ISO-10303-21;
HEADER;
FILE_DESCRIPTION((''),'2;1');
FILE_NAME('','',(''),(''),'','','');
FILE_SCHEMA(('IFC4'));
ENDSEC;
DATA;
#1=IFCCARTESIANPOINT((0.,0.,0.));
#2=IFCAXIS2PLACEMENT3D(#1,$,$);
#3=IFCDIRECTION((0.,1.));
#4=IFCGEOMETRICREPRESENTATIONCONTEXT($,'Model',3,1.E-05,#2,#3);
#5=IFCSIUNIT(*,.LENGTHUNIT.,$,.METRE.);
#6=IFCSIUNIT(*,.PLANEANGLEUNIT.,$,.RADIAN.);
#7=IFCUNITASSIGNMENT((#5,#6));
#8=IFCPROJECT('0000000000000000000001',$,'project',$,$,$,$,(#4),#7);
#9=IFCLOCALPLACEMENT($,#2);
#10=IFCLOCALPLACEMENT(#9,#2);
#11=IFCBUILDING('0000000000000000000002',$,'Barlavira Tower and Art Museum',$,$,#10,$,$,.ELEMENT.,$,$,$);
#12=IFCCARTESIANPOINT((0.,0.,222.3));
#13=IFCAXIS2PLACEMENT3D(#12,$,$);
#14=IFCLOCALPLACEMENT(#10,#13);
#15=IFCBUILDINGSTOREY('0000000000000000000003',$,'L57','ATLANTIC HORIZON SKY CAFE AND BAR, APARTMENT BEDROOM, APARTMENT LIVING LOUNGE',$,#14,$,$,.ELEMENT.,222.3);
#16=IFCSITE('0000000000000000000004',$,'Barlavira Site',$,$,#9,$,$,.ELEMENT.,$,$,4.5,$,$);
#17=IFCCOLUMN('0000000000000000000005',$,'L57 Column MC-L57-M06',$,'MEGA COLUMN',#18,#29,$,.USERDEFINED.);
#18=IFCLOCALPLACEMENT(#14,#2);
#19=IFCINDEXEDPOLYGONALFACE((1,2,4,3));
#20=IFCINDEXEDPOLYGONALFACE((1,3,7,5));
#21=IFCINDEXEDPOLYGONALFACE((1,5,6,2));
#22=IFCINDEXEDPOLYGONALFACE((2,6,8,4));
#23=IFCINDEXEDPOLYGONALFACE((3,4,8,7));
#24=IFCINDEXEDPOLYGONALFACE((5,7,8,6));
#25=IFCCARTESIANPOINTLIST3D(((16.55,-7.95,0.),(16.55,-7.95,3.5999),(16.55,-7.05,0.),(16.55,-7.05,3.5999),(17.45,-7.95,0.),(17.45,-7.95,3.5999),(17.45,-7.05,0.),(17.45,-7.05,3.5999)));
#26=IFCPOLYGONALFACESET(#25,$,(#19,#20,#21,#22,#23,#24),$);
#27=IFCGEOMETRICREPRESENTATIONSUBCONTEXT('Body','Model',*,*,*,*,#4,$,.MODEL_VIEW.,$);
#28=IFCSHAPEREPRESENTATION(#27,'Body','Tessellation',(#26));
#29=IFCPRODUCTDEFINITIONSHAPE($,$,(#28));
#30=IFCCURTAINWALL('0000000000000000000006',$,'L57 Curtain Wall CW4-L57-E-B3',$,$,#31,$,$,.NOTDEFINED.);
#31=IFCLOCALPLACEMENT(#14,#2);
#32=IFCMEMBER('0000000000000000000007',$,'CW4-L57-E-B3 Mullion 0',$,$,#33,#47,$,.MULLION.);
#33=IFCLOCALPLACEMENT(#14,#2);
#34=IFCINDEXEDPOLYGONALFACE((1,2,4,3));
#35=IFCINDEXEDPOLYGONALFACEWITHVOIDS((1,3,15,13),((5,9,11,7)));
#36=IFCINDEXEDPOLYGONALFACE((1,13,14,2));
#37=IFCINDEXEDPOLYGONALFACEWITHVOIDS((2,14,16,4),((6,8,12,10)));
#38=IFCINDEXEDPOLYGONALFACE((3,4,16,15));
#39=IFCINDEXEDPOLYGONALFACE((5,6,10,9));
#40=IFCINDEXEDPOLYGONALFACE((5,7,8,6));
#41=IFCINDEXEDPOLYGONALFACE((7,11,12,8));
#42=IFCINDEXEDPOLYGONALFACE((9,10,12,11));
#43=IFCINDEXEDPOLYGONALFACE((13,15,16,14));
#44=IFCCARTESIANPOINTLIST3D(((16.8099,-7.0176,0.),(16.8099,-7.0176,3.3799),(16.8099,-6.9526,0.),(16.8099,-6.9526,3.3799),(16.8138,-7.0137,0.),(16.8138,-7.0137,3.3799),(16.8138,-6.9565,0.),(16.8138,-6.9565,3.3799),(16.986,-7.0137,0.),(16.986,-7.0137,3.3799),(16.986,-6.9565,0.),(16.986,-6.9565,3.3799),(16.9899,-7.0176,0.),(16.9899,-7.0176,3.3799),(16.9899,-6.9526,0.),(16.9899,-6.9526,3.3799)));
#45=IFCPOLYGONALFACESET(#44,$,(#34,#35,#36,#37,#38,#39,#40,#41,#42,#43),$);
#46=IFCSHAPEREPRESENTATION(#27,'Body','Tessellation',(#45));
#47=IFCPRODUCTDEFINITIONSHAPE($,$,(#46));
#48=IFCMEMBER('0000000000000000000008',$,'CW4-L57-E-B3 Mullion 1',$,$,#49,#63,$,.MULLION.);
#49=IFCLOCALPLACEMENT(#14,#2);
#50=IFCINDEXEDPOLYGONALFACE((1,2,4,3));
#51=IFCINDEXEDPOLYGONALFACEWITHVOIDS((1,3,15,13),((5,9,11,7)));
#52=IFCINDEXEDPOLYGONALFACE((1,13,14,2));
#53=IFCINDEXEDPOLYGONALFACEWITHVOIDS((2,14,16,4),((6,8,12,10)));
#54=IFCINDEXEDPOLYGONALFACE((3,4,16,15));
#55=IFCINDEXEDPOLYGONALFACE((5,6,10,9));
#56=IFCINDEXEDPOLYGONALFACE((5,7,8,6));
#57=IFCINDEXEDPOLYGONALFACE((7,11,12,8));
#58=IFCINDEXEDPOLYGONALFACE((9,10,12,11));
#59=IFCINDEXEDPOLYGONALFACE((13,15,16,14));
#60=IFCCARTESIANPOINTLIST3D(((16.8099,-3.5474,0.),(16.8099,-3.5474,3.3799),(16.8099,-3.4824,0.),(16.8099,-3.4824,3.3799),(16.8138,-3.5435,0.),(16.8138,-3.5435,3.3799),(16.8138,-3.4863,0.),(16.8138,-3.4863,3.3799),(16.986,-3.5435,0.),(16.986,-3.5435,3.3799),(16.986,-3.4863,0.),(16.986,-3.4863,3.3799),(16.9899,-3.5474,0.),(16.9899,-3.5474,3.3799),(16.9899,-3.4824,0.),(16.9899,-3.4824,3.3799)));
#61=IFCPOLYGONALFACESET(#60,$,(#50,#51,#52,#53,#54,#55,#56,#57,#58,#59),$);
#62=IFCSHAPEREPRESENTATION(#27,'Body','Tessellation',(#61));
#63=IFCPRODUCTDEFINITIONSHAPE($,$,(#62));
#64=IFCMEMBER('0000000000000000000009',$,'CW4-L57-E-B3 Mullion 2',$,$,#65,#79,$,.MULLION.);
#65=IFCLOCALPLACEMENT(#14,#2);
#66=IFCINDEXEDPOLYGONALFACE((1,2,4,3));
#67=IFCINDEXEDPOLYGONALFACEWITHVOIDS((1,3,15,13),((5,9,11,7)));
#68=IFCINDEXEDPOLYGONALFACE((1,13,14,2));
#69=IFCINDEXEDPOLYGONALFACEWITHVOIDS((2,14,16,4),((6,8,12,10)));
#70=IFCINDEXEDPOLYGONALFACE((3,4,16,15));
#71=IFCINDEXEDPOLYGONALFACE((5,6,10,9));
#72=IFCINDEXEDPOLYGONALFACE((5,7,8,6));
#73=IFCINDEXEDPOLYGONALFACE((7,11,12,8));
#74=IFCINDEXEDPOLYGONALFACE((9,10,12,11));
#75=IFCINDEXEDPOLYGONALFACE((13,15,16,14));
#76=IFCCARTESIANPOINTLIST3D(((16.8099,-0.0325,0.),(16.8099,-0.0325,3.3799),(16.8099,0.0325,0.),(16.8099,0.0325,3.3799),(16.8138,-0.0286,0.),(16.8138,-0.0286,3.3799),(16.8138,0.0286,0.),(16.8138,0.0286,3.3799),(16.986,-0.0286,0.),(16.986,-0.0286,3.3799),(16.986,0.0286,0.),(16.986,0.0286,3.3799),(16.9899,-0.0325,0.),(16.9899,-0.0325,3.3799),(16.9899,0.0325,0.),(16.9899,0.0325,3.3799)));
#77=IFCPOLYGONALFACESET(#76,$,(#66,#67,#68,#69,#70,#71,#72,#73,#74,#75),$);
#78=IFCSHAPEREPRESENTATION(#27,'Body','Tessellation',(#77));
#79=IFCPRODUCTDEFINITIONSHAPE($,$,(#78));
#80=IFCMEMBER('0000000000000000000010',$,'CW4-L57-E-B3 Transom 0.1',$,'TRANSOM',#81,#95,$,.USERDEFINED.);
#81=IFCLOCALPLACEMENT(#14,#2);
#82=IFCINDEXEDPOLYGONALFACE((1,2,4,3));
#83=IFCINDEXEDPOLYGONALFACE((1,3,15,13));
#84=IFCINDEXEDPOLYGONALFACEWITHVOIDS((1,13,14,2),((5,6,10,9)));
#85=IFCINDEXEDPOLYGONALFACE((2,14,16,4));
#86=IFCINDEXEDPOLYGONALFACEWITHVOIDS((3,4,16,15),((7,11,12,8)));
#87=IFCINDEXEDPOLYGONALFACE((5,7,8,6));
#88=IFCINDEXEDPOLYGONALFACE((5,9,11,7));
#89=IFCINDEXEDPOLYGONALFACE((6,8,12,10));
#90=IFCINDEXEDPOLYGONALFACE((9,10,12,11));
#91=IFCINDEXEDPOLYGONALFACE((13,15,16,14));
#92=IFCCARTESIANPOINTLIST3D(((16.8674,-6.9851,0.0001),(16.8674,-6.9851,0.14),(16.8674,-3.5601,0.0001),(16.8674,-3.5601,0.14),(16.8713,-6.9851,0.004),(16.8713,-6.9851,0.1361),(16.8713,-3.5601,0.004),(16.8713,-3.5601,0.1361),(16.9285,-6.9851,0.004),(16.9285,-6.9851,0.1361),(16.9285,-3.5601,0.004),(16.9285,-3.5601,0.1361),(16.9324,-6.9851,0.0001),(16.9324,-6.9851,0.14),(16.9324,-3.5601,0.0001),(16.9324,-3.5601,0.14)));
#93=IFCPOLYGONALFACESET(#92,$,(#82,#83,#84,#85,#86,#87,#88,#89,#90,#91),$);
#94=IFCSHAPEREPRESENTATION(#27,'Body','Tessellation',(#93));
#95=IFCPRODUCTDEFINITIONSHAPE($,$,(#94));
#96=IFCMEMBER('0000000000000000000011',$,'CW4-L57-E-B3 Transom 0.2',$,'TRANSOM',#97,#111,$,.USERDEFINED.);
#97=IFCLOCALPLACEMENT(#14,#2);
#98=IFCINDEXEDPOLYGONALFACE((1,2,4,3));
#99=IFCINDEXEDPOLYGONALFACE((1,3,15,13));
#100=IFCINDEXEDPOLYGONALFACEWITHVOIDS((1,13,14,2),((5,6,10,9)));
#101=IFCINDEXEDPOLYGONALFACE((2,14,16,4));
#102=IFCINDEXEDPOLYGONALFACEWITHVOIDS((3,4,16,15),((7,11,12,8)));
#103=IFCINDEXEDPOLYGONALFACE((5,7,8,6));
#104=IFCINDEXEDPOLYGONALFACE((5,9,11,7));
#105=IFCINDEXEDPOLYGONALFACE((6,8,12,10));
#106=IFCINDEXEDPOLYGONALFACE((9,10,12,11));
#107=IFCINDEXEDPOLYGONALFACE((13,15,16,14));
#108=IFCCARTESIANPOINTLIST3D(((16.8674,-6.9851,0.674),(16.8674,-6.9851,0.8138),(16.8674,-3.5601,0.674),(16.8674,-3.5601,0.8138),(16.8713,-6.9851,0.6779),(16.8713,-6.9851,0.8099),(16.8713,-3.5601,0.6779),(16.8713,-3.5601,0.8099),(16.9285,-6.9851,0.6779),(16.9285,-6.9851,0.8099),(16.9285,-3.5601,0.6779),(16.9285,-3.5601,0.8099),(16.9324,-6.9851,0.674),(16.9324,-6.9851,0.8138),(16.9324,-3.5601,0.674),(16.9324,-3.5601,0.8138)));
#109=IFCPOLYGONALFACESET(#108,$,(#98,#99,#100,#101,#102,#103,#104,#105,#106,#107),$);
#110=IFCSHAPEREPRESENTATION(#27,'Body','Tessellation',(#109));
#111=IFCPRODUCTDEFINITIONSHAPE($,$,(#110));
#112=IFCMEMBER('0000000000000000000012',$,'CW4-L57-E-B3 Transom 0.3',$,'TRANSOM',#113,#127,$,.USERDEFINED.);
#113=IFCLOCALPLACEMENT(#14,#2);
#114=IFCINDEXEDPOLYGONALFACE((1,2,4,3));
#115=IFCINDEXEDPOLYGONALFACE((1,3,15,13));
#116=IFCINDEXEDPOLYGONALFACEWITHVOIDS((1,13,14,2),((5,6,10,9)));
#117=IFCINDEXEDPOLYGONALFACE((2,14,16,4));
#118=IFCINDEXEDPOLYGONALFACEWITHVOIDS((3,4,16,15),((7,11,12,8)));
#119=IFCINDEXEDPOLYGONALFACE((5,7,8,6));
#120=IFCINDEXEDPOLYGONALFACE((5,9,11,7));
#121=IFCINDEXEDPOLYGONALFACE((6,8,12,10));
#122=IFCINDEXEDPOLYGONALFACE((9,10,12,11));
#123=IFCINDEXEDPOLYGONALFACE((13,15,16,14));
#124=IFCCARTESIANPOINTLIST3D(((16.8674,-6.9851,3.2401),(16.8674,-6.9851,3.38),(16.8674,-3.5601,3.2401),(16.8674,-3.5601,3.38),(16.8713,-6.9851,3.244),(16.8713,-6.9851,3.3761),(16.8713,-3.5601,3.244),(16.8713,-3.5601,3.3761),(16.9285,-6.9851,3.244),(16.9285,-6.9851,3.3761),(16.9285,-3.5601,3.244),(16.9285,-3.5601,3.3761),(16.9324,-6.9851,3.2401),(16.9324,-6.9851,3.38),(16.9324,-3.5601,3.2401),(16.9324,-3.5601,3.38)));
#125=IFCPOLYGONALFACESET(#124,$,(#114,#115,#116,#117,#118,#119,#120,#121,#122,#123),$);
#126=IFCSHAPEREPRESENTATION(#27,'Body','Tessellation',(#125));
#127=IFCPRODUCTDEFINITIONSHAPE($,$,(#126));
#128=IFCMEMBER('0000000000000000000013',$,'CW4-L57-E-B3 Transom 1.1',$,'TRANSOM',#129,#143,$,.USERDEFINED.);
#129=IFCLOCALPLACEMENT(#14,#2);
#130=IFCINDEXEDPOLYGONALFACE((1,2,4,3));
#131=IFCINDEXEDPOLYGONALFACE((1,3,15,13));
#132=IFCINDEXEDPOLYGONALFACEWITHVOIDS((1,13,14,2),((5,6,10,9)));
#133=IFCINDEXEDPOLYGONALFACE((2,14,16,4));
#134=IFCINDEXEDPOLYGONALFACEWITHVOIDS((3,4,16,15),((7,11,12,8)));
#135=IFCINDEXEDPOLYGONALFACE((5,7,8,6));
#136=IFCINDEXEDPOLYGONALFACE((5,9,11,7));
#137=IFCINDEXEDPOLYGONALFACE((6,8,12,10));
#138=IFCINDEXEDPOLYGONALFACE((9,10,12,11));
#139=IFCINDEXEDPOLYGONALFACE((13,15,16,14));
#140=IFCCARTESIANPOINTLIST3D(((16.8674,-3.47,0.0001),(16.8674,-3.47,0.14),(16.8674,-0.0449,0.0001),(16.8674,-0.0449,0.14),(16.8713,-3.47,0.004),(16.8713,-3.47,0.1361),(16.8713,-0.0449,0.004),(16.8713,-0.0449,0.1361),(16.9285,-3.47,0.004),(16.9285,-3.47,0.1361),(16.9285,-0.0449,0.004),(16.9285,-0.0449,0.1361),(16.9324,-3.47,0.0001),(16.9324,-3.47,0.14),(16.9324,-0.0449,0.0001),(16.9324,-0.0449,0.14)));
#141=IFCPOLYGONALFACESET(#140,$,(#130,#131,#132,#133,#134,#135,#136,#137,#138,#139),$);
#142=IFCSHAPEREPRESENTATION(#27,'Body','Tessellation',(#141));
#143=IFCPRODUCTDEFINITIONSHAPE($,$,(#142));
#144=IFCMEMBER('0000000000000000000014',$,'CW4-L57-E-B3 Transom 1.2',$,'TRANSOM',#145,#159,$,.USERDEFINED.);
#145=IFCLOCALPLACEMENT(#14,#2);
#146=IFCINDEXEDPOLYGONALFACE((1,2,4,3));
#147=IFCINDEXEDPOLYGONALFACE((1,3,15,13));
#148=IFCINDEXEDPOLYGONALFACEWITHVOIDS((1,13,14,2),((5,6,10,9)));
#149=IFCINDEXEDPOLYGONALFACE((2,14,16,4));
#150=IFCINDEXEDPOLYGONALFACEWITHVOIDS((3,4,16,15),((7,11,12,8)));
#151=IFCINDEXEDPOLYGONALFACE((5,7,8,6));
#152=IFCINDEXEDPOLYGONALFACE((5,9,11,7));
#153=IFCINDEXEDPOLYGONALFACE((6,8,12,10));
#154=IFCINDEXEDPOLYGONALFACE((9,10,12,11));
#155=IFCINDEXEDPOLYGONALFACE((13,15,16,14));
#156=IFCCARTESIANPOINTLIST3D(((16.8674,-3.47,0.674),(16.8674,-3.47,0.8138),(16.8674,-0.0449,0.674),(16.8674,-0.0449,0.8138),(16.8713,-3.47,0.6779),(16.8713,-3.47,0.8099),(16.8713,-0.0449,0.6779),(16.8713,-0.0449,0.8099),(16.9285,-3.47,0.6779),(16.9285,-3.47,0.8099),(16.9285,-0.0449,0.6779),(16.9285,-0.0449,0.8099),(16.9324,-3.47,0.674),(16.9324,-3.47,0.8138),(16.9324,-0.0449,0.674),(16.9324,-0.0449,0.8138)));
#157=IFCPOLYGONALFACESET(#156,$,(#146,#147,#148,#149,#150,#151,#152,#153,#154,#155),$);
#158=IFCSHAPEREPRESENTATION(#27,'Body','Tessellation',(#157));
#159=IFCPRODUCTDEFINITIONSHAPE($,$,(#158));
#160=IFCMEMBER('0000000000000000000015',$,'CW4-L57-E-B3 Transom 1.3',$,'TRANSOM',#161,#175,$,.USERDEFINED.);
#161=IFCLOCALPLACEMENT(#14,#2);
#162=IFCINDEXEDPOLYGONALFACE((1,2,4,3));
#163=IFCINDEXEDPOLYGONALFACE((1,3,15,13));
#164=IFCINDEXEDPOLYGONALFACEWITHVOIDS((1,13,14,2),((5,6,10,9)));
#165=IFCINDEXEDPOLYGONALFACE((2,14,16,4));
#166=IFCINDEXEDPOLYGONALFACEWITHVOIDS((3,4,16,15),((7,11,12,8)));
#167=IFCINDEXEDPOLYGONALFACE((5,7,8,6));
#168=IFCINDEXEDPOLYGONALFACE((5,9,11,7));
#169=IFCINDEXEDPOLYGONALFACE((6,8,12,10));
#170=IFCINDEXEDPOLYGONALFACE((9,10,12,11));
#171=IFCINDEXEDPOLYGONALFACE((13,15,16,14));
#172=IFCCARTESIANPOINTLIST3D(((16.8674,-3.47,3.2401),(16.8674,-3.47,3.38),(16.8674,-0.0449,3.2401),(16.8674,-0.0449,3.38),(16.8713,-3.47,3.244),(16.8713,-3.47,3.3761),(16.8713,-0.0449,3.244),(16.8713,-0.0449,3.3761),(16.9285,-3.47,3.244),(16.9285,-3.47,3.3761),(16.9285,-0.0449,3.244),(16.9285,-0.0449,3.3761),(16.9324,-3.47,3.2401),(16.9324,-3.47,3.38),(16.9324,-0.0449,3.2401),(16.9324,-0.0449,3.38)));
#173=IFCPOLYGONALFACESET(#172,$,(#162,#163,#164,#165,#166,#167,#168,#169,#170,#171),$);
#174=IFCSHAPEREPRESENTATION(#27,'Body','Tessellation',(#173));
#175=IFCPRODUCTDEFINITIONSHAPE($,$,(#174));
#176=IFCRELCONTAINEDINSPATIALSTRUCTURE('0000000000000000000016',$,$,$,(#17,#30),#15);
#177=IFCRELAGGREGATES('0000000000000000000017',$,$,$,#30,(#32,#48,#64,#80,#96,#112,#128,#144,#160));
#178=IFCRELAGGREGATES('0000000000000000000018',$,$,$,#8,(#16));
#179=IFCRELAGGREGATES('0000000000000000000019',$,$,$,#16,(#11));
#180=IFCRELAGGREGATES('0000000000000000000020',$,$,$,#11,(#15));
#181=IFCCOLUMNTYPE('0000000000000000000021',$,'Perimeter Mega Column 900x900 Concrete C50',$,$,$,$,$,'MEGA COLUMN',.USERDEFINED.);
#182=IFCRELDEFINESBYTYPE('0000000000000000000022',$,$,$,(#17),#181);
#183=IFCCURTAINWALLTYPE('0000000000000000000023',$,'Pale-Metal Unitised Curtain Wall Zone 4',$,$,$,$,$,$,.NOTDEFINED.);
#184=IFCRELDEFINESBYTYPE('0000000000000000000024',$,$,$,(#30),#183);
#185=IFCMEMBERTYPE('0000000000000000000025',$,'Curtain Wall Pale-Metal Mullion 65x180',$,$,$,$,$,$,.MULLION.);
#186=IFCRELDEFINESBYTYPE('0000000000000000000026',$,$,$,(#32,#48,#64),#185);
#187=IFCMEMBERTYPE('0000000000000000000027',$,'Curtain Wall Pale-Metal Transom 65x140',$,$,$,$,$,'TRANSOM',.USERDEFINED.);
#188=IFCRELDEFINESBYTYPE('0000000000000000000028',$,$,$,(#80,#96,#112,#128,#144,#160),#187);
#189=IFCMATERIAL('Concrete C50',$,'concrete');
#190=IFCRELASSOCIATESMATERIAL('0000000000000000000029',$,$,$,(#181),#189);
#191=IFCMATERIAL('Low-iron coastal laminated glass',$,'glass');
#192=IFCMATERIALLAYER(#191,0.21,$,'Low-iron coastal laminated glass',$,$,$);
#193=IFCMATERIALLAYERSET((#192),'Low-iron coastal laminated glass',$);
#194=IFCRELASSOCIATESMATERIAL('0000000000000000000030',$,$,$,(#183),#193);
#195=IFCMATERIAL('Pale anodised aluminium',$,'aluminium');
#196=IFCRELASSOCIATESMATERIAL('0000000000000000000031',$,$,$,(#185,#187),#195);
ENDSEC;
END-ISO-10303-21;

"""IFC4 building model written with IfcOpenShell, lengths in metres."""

from ifc_helpers import new_model, si_unit, direction, frame, origin, origin_2d, place, context, subcontext, project, spatial, rectangle, hollow_rectangle, extrude, material, layer, layer_set, material_profile, profile_set, type_object, element, aggregate, save


model = new_model("IFC4")

# Units and contexts
model_context = context("Model", 3, precision=1e-05, world=origin(), true_north=direction((0.0, 1.0)))
body_context = subcontext(model_context, "Body", "Model", "MODEL_VIEW")
ifc_project = project(units=[si_unit("LENGTHUNIT", "METRE"), si_unit("PLANEANGLEUNIT", "RADIAN")], contexts=[model_context])

# Site, building, storey
site_placement = place(None, origin())
site = spatial("IfcSite", under=ifc_project, at=site_placement, Name="Barlavira Site", CompositionType="ELEMENT", RefElevation=4.5)
building_placement = place(site_placement, origin())
building = spatial("IfcBuilding", under=site, at=building_placement, Name="Barlavira Tower and Art Museum", CompositionType="ELEMENT")
storey_placement = place(building_placement, frame((0.0, 0.0, 222.3)))
storey = spatial("IfcBuildingStorey", under=building, at=storey_placement, Name="L57", Description="ATLANTIC HORIZON SKY CAFE AND BAR, APARTMENT BEDROOM, APARTMENT LIVING LOUNGE", CompositionType="ELEMENT", Elevation=222.3)

# Column
ifc_material_1 = material(Name="Concrete C50", Category="concrete")
ifc_material_profile_1 = material_profile(ifc_material_1, rectangle(XDim=0.8999, YDim=0.8999, at=origin_2d()), Name="RC-COL 900x900")
ifc_profile_set_1 = profile_set([ifc_material_profile_1], Name="Concrete C50")
column_type = type_object("IfcColumnType", Name="Perimeter Mega Column 900x900 Concrete C50", ElementType="MEGA COLUMN", PredefinedType="USERDEFINED", material=ifc_profile_set_1)
column_placement = place(storey_placement, frame((17.0, -7.5, 0.0), z_axis=(0.0, 0.0, 1.0), x_axis=(1.0, 0.0, 0.0)))
element("IfcColumn", 1, at=column_placement, inside=storey, type_object=column_type, Name="L57 Column MC-L57-M06", ObjectType="MEGA COLUMN", PredefinedType="USERDEFINED", context=body_context, shape_type="SweptSolid", body=[
    extrude(rectangle(XDim=0.8999, YDim=0.8999, at=origin_2d()), origin(), (0.0, 0.0, 1.0), 3.5999),
])

# Curtain wall, members
ifc_material_2 = material(Name="Low-iron coastal laminated glass", Category="glass")
ifc_layer_1 = layer(ifc_material_2, 0.21, Name="Low-iron coastal laminated glass")
ifc_layer_set_1 = layer_set([ifc_layer_1], Name="Low-iron coastal laminated glass")
curtain_wall_type = type_object("IfcCurtainWallType", Name="Pale-Metal Unitised Curtain Wall Zone 4", PredefinedType="NOTDEFINED", material=ifc_layer_set_1)
curtain_wall_placement = place(storey_placement, origin())
curtain_wall = element("IfcCurtainWall", 2, at=curtain_wall_placement, inside=storey, type_object=curtain_wall_type, Name="L57 Curtain Wall CW4-L57-E-B3", PredefinedType="NOTDEFINED")
ifc_material_3 = material(Name="Pale anodised aluminium", Category="aluminium")
ifc_material_profile_2 = material_profile(ifc_material_3, hollow_rectangle(XDim=0.0649, YDim=0.1799, WallThickness=0.0039, at=origin_2d()), Name="ALU-MULL 65x180x4")
ifc_profile_set_2 = profile_set([ifc_material_profile_2], Name="Pale anodised aluminium")
member_type_1 = type_object("IfcMemberType", Name="Curtain Wall Pale-Metal Mullion 65x180", PredefinedType="MULLION", material=ifc_profile_set_2)
member_1_placement = place(storey_placement, frame((16.8999, -6.9851, 0.0), z_axis=(0.0, 0.0, 1.0), x_axis=(0.0, 1.0, 0.0)))
member_1 = element("IfcMember", 3, at=member_1_placement, type_object=member_type_1, Name="CW4-L57-E-B3 Mullion 0", PredefinedType="MULLION", context=body_context, shape_type="SweptSolid", body=[
    extrude(hollow_rectangle(XDim=0.0649, YDim=0.1799, WallThickness=0.0039, at=origin_2d()), origin(), (0.0, 0.0, 1.0), 3.3799),
])
member_2_placement = place(storey_placement, frame((16.8999, -3.5149, 0.0), z_axis=(0.0, 0.0, 1.0), x_axis=(0.0, 1.0, 0.0)))
member_2 = element("IfcMember", 4, at=member_2_placement, type_object=member_type_1, Name="CW4-L57-E-B3 Mullion 1", PredefinedType="MULLION", context=body_context, shape_type="SweptSolid", body=[
    extrude(hollow_rectangle(XDim=0.0649, YDim=0.1799, WallThickness=0.0039, at=origin_2d()), origin(), (0.0, 0.0, 1.0), 3.3799),
])
member_3_placement = place(storey_placement, frame((16.8999, 0.0, 0.0), z_axis=(0.0, 0.0, 1.0), x_axis=(0.0, 1.0, 0.0)))
member_3 = element("IfcMember", 5, at=member_3_placement, type_object=member_type_1, Name="CW4-L57-E-B3 Mullion 2", PredefinedType="MULLION", context=body_context, shape_type="SweptSolid", body=[
    extrude(hollow_rectangle(XDim=0.0649, YDim=0.1799, WallThickness=0.0039, at=origin_2d()), origin(), (0.0, 0.0, 1.0), 3.3799),
])
ifc_material_profile_3 = material_profile(ifc_material_3, hollow_rectangle(XDim=0.0649, YDim=0.1399, WallThickness=0.0039, at=origin_2d()), Name="ALU-TRAN 65x140x4")
ifc_profile_set_3 = profile_set([ifc_material_profile_3], Name="Pale anodised aluminium")
member_type_2 = type_object("IfcMemberType", Name="Curtain Wall Pale-Metal Transom 65x140", ElementType="TRANSOM", PredefinedType="USERDEFINED", material=ifc_profile_set_3)
member_4_placement = place(storey_placement, frame((16.8999, -6.9851, 0.0701), z_axis=(0.0, 1.0, 0.0), x_axis=(-1.0, 0.0, 0.0)))
member_4 = element("IfcMember", 6, at=member_4_placement, type_object=member_type_2, Name="CW4-L57-E-B3 Transom 0.1", ObjectType="TRANSOM", PredefinedType="USERDEFINED", context=body_context, shape_type="SweptSolid", body=[
    extrude(hollow_rectangle(XDim=0.0649, YDim=0.1399, WallThickness=0.0039, at=origin_2d()), origin(), (0.0, 0.0, 1.0), 3.425),
])
member_5_placement = place(storey_placement, frame((16.8999, -6.9851, 0.7439), z_axis=(0.0, 1.0, 0.0), x_axis=(-1.0, 0.0, 0.0)))
member_5 = element("IfcMember", 7, at=member_5_placement, type_object=member_type_2, Name="CW4-L57-E-B3 Transom 0.2", ObjectType="TRANSOM", PredefinedType="USERDEFINED", context=body_context, shape_type="SweptSolid", body=[
    extrude(hollow_rectangle(XDim=0.0649, YDim=0.1399, WallThickness=0.0039, at=origin_2d()), origin(), (0.0, 0.0, 1.0), 3.425),
])
member_6_placement = place(storey_placement, frame((16.8999, -6.9851, 3.3101), z_axis=(0.0, 1.0, 0.0), x_axis=(-1.0, 0.0, 0.0)))
member_6 = element("IfcMember", 8, at=member_6_placement, type_object=member_type_2, Name="CW4-L57-E-B3 Transom 0.3", ObjectType="TRANSOM", PredefinedType="USERDEFINED", context=body_context, shape_type="SweptSolid", body=[
    extrude(hollow_rectangle(XDim=0.0649, YDim=0.1399, WallThickness=0.0039, at=origin_2d()), origin(), (0.0, 0.0, 1.0), 3.425),
])
member_7_placement = place(storey_placement, frame((16.8999, -3.47, 0.0701), z_axis=(0.0, 1.0, 0.0), x_axis=(-1.0, 0.0, 0.0)))
member_7 = element("IfcMember", 9, at=member_7_placement, type_object=member_type_2, Name="CW4-L57-E-B3 Transom 1.1", ObjectType="TRANSOM", PredefinedType="USERDEFINED", context=body_context, shape_type="SweptSolid", body=[
    extrude(hollow_rectangle(XDim=0.0649, YDim=0.1399, WallThickness=0.0039, at=origin_2d()), origin(), (0.0, 0.0, 1.0), 3.425),
])
member_8_placement = place(storey_placement, frame((16.8999, -3.47, 0.7439), z_axis=(0.0, 1.0, 0.0), x_axis=(-1.0, 0.0, 0.0)))
member_8 = element("IfcMember", 10, at=member_8_placement, type_object=member_type_2, Name="CW4-L57-E-B3 Transom 1.2", ObjectType="TRANSOM", PredefinedType="USERDEFINED", context=body_context, shape_type="SweptSolid", body=[
    extrude(hollow_rectangle(XDim=0.0649, YDim=0.1399, WallThickness=0.0039, at=origin_2d()), origin(), (0.0, 0.0, 1.0), 3.425),
])
member_9_placement = place(storey_placement, frame((16.8999, -3.47, 3.3101), z_axis=(0.0, 1.0, 0.0), x_axis=(-1.0, 0.0, 0.0)))
member_9 = element("IfcMember", 11, at=member_9_placement, type_object=member_type_2, Name="CW4-L57-E-B3 Transom 1.3", ObjectType="TRANSOM", PredefinedType="USERDEFINED", context=body_context, shape_type="SweptSolid", body=[
    extrude(hollow_rectangle(XDim=0.0649, YDim=0.1399, WallThickness=0.0039, at=origin_2d()), origin(), (0.0, 0.0, 1.0), 3.425),
])

aggregate(curtain_wall, [member_1, member_2, member_3, member_4, member_5, member_6, member_7, member_8, member_9])

save(model, "model.ifc")
